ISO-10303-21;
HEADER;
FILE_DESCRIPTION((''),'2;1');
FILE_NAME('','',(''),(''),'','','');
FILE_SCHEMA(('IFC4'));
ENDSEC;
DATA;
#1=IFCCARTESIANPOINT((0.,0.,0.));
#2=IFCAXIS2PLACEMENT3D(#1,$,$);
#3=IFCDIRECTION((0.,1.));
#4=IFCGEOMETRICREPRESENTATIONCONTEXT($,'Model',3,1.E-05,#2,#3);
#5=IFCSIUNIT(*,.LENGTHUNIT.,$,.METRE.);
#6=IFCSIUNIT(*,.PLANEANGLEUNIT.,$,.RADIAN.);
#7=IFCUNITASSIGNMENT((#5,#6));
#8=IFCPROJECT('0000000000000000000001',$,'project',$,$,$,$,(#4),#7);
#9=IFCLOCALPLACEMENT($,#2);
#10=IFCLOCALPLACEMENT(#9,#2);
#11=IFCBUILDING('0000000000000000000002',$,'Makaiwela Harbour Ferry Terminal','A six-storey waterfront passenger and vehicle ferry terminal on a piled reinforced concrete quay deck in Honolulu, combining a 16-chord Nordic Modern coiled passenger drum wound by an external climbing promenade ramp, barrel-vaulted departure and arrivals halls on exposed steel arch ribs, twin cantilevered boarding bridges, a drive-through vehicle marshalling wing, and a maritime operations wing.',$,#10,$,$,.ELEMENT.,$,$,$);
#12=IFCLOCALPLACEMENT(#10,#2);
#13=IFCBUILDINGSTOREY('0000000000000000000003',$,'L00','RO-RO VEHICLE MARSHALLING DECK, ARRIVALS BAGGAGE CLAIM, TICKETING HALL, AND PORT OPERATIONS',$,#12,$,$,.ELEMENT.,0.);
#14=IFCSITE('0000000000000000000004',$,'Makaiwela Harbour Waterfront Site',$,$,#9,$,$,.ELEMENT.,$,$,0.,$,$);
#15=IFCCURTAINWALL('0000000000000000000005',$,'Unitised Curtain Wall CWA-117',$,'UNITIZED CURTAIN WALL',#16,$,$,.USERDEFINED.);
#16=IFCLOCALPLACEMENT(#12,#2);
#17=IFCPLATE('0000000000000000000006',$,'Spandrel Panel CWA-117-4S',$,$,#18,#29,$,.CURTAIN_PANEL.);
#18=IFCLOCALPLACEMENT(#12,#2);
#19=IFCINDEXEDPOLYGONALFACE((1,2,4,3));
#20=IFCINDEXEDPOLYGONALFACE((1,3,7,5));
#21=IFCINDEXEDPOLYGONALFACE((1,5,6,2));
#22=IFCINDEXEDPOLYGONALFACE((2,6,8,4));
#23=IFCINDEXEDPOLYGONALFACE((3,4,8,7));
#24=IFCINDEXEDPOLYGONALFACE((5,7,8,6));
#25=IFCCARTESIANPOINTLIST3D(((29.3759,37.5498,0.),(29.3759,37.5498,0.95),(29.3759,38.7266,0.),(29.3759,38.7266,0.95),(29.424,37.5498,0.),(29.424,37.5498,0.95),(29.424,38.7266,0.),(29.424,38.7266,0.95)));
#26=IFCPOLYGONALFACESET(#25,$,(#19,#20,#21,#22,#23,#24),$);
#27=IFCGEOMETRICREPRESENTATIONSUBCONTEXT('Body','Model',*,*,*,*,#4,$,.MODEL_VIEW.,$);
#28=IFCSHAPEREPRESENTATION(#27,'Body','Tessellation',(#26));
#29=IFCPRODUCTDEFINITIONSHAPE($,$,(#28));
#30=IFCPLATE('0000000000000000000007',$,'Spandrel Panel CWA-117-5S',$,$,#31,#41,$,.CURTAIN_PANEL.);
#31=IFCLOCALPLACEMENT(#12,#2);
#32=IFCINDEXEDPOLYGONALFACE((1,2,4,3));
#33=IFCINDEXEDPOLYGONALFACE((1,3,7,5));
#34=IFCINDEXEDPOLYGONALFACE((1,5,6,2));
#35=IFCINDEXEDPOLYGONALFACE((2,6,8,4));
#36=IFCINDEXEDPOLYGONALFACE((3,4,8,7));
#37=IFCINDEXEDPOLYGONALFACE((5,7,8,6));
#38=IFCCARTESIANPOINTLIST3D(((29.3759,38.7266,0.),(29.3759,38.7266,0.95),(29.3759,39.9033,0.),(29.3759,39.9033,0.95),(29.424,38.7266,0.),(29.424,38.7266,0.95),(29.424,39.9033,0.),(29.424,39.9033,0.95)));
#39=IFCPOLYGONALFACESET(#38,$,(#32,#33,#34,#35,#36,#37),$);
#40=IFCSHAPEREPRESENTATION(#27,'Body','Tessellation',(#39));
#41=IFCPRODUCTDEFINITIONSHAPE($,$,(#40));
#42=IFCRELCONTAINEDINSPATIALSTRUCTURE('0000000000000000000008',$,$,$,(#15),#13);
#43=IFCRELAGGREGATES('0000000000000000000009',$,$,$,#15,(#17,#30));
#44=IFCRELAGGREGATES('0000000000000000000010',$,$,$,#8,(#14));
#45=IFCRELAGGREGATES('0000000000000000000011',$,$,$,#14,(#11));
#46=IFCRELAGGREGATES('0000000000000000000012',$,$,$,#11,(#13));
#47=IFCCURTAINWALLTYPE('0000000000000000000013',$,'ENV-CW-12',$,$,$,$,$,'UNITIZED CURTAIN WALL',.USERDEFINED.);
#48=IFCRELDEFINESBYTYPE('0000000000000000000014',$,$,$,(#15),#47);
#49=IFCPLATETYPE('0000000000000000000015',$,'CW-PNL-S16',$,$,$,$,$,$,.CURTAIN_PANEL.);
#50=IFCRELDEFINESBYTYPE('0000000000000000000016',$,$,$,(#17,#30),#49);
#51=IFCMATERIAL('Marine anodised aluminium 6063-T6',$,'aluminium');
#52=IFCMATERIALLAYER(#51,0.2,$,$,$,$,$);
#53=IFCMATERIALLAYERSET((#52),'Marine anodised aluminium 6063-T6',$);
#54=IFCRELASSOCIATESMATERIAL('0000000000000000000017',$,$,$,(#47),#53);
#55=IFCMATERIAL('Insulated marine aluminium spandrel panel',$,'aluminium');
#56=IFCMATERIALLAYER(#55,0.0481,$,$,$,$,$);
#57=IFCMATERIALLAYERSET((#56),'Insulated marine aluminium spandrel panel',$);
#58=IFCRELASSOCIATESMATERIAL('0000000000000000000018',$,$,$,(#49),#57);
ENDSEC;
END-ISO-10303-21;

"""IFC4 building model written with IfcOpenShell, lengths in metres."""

from ifc_helpers import new_model, si_unit, direction, frame, origin, origin_2d, place, context, subcontext, project, spatial, rectangle, extrude, material, layer, layer_set, type_object, element, aggregate, save


model = new_model("IFC4")

# Units and contexts
model_context = context("Model", 3, precision=1e-05, world=origin(), true_north=direction((0.0, 1.0)))
body_context = subcontext(model_context, "Body", "Model", "MODEL_VIEW")
ifc_project = project(units=[si_unit("LENGTHUNIT", "METRE"), si_unit("PLANEANGLEUNIT", "RADIAN")], contexts=[model_context])

# Site, building, storey
site_placement = place(None, origin())
site = spatial("IfcSite", under=ifc_project, at=site_placement, Name="Makaiwela Harbour Waterfront Site", CompositionType="ELEMENT", RefElevation=0.0)
building_placement = place(site_placement, origin())
building = spatial("IfcBuilding", under=site, at=building_placement, Name="Makaiwela Harbour Ferry Terminal", Description="A six-storey waterfront passenger and vehicle ferry terminal on a piled reinforced concrete quay deck in Honolulu, combining a 16-chord Nordic Modern coiled passenger drum wound by an external climbing promenade ramp, barrel-vaulted departure and arrivals halls on exposed steel arch ribs, twin cantilevered boarding bridges, a drive-through vehicle marshalling wing, and a maritime operations wing.", CompositionType="ELEMENT")
storey_placement = place(building_placement, origin())
storey = spatial("IfcBuildingStorey", under=building, at=storey_placement, Name="L00", Description="RO-RO VEHICLE MARSHALLING DECK, ARRIVALS BAGGAGE CLAIM, TICKETING HALL, AND PORT OPERATIONS", CompositionType="ELEMENT", Elevation=0.0)

# Curtain wall, plates
ifc_material_1 = material(Name="Marine anodised aluminium 6063-T6", Category="aluminium")
ifc_layer_1 = layer(ifc_material_1, 0.2)
ifc_layer_set_1 = layer_set([ifc_layer_1], Name="Marine anodised aluminium 6063-T6")
curtain_wall_type = type_object("IfcCurtainWallType", Name="ENV-CW-12", ElementType="UNITIZED CURTAIN WALL", PredefinedType="USERDEFINED", material=ifc_layer_set_1)
curtain_wall_placement = place(storey_placement, origin())
curtain_wall = element("IfcCurtainWall", 1, at=curtain_wall_placement, inside=storey, type_object=curtain_wall_type, Name="Unitised Curtain Wall CWA-117", ObjectType="UNITIZED CURTAIN WALL", PredefinedType="USERDEFINED")
ifc_material_2 = material(Name="Insulated marine aluminium spandrel panel", Category="aluminium")
ifc_layer_2 = layer(ifc_material_2, 0.0481)
ifc_layer_set_2 = layer_set([ifc_layer_2], Name="Insulated marine aluminium spandrel panel")
plate_type_1 = type_object("IfcPlateType", Name="CW-PNL-S16", PredefinedType="CURTAIN_PANEL", material=ifc_layer_set_2)
plate_1_placement = place(storey_placement, frame((29.3999, 38.1382, 0.0), z_axis=(0.0, 0.0, 1.0), x_axis=(0.0, 1.0, 0.0)))
plate_1 = element("IfcPlate", 2, at=plate_1_placement, type_object=plate_type_1, Name="Spandrel Panel CWA-117-4S", PredefinedType="CURTAIN_PANEL", context=body_context, shape_type="SweptSolid", body=[
    extrude(rectangle(XDim=1.1768, YDim=0.0481, at=origin_2d()), origin(), (0.0, 0.0, 1.0), 0.95),
])
plate_2_placement = place(storey_placement, frame((29.3999, 39.3149, 0.0), z_axis=(0.0, 0.0, 1.0), x_axis=(0.0, 1.0, 0.0)))
plate_2 = element("IfcPlate", 3, at=plate_2_placement, type_object=plate_type_1, Name="Spandrel Panel CWA-117-5S", PredefinedType="CURTAIN_PANEL", context=body_context, shape_type="SweptSolid", body=[
    extrude(rectangle(XDim=1.1768, YDim=0.0481, at=origin_2d()), origin(), (0.0, 0.0, 1.0), 0.95),
])
aggregate(curtain_wall, [plate_1, plate_2])

save(model, "model.ifc")
